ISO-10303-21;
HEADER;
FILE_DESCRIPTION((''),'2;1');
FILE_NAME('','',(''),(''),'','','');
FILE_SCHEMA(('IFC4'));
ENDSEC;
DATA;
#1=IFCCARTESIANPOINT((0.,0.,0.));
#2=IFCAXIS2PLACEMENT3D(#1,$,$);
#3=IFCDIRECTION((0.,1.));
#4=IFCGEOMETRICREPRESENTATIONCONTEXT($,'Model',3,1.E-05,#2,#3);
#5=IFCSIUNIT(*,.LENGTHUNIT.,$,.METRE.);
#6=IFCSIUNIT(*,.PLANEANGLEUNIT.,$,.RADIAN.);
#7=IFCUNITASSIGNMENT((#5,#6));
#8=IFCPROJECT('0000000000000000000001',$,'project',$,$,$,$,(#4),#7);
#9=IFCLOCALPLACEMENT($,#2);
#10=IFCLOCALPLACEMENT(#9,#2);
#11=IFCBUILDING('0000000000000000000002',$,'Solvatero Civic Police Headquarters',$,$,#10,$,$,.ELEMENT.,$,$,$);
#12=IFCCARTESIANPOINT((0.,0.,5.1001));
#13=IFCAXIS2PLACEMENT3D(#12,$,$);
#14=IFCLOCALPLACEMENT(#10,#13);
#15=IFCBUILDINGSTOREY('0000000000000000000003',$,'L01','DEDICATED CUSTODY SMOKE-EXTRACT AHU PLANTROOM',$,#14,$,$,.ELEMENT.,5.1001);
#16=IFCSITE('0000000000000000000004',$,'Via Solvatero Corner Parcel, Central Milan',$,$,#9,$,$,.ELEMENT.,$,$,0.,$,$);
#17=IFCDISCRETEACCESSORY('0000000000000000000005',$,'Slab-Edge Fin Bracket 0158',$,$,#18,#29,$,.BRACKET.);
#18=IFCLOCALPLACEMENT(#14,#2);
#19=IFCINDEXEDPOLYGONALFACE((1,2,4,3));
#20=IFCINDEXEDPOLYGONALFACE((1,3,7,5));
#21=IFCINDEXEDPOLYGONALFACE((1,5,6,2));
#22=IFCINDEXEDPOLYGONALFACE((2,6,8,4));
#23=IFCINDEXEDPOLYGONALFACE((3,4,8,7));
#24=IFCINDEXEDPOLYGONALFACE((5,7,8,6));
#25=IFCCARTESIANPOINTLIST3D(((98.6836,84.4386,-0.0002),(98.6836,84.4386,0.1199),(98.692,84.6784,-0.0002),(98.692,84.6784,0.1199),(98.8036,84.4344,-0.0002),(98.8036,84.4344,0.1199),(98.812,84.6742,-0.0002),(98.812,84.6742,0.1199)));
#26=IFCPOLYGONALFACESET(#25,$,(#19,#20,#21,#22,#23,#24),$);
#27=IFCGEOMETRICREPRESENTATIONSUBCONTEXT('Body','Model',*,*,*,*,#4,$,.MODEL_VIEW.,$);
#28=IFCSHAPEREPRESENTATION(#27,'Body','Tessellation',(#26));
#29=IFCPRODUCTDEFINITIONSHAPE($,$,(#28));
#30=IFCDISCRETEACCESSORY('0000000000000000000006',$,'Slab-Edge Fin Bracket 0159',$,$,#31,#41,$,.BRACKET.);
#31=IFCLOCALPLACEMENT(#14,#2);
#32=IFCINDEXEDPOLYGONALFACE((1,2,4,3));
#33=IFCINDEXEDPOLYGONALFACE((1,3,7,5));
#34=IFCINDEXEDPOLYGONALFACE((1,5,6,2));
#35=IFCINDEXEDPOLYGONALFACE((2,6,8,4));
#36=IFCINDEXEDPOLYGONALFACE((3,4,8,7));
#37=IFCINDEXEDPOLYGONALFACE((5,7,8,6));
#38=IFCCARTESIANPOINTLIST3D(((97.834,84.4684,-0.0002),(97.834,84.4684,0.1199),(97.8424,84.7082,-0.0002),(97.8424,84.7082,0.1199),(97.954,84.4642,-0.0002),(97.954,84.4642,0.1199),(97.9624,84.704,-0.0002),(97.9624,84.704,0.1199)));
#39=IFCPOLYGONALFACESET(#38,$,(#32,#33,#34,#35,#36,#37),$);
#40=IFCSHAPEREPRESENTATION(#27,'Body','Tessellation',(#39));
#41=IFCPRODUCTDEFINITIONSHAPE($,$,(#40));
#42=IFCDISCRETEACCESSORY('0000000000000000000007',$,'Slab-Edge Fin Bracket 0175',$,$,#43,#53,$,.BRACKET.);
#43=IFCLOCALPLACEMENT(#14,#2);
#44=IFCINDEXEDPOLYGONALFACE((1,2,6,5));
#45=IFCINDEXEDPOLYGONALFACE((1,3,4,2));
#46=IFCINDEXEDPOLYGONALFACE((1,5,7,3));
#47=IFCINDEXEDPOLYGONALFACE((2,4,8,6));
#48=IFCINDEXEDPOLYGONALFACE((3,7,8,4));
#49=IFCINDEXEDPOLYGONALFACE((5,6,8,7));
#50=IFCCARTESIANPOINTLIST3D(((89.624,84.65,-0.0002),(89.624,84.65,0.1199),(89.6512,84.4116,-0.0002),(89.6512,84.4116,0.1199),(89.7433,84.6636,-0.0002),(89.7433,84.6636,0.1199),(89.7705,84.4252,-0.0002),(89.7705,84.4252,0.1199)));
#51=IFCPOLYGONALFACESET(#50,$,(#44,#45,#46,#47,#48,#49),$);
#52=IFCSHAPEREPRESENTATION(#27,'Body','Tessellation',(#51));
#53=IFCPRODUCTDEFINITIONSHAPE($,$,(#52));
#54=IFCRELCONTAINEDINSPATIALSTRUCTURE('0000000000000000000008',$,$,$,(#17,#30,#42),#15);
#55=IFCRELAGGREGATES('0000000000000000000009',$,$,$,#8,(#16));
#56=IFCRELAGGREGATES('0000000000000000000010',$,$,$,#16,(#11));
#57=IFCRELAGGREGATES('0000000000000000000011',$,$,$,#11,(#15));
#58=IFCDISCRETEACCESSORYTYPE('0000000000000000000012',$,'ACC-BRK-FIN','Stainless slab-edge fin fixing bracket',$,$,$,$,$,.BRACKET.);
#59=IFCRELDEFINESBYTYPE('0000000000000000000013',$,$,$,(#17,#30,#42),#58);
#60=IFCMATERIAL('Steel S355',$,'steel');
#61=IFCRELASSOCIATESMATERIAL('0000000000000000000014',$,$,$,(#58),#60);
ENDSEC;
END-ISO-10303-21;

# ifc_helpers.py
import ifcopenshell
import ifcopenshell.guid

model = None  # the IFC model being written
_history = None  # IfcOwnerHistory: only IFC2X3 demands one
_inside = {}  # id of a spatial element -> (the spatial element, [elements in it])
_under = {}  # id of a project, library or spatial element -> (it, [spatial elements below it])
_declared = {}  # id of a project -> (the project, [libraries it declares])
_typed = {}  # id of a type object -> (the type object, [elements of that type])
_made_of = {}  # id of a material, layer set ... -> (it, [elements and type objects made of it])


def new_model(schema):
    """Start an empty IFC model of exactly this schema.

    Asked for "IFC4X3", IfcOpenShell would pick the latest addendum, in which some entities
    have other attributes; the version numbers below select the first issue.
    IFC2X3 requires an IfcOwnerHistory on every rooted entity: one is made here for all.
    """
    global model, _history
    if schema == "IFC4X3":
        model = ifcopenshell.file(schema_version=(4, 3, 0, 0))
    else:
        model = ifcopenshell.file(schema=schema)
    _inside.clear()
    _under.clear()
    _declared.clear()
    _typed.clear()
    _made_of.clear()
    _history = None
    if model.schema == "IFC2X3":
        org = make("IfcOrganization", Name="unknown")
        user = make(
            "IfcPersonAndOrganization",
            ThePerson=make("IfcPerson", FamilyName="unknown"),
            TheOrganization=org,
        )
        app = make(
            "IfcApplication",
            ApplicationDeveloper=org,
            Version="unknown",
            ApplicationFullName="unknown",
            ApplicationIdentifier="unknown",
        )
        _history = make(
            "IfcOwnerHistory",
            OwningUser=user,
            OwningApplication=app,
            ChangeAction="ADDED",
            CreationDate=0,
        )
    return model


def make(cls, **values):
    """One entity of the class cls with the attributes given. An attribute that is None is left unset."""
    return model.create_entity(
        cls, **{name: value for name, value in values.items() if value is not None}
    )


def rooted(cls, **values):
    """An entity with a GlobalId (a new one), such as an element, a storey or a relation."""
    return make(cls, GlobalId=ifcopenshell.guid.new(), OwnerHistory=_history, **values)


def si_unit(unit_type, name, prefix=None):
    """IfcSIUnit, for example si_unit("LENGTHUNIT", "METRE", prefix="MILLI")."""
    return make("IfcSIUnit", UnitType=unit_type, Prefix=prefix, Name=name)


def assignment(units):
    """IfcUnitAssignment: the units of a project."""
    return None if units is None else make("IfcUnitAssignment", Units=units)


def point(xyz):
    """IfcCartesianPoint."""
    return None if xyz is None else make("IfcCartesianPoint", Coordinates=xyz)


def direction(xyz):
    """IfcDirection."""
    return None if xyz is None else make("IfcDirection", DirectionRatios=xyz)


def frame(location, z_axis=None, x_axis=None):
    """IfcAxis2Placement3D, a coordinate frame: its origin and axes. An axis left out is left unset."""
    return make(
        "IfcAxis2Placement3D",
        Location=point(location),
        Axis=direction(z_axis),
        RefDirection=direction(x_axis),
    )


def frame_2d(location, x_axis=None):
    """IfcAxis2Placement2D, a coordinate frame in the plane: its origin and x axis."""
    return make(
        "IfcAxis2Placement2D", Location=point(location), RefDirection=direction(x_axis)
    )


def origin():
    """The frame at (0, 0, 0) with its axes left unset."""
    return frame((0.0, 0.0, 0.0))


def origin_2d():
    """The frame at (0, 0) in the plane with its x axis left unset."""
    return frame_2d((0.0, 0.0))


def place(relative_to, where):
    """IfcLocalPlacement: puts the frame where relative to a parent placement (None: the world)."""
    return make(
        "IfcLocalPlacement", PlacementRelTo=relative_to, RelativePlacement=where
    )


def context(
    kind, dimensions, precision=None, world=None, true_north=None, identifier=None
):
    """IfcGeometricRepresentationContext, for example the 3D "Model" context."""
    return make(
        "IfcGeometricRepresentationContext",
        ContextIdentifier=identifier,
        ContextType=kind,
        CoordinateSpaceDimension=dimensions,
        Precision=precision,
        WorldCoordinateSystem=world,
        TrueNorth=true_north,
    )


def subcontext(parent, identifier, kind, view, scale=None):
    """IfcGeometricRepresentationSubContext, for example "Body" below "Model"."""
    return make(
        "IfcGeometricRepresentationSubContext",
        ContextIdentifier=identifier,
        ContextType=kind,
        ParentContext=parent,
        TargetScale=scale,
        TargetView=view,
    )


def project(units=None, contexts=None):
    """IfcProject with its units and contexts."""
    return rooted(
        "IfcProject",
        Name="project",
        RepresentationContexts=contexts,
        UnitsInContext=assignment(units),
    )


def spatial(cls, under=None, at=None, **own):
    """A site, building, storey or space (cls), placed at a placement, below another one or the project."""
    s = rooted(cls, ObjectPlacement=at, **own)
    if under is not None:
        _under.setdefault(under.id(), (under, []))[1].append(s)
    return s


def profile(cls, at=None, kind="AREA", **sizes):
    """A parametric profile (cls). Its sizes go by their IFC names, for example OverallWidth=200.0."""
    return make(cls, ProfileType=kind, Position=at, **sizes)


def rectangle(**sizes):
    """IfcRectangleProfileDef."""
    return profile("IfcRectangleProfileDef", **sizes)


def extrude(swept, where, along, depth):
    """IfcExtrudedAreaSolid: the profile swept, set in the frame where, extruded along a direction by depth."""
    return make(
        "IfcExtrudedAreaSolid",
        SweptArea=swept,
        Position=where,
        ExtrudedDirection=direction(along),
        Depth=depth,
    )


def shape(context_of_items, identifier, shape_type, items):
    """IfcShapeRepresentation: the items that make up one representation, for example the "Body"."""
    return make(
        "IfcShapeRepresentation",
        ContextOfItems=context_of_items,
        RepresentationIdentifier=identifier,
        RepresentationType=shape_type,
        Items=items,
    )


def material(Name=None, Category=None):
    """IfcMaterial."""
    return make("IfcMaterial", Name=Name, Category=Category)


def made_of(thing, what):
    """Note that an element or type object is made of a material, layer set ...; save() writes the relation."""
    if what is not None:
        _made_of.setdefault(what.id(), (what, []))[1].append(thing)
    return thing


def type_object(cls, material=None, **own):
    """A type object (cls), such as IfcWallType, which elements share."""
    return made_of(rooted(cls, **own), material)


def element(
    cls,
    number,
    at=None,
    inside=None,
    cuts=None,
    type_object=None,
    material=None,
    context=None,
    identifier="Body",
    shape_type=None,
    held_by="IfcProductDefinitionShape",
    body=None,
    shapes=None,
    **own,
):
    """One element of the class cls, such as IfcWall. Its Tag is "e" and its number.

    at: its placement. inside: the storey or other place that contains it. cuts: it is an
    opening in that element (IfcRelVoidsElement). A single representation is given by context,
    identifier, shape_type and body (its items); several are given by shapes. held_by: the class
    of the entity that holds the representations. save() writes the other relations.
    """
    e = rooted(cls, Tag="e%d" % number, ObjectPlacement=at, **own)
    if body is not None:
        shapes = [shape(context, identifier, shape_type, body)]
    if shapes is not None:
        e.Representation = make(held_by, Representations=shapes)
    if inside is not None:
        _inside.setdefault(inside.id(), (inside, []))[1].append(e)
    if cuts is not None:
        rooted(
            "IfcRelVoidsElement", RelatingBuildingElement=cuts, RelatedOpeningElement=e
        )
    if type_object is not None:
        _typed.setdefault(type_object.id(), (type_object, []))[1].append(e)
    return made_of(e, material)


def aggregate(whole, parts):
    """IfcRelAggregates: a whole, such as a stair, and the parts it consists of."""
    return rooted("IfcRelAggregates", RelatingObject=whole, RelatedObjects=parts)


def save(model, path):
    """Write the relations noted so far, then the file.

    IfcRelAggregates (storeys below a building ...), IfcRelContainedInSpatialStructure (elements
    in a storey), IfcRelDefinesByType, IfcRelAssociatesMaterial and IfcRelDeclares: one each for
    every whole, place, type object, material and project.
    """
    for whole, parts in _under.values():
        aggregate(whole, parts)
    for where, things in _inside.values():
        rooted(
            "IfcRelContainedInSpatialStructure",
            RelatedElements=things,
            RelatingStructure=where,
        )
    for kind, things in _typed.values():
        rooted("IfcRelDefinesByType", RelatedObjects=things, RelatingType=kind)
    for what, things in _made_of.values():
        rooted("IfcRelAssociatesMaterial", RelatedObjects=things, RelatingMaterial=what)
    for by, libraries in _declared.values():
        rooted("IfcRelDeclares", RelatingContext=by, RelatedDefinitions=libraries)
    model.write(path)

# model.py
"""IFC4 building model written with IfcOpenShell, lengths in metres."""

from ifc_helpers import new_model, si_unit, direction, frame, origin, origin_2d, place, context, subcontext, project, spatial, rectangle, extrude, material, type_object, element, save


model = new_model("IFC4")

# Units and contexts
model_context = context("Model", 3, precision=1e-05, world=origin(), true_north=direction((0.0, 1.0)))
body_context = subcontext(model_context, "Body", "Model", "MODEL_VIEW")
ifc_project = project(units=[si_unit("LENGTHUNIT", "METRE"), si_unit("PLANEANGLEUNIT", "RADIAN")], contexts=[model_context])

# Site, building, storey
site_placement = place(None, origin())
site = spatial("IfcSite", under=ifc_project, at=site_placement, Name="Via Solvatero Corner Parcel, Central Milan", CompositionType="ELEMENT", RefElevation=0.0)
building_placement = place(site_placement, origin())
building = spatial("IfcBuilding", under=site, at=building_placement, Name="Solvatero Civic Police Headquarters", CompositionType="ELEMENT")
storey_placement = place(building_placement, frame((0.0, 0.0, 5.1001)))
storey = spatial("IfcBuildingStorey", under=building, at=storey_placement, Name="L01", Description="DEDICATED CUSTODY SMOKE-EXTRACT AHU PLANTROOM", CompositionType="ELEMENT", Elevation=5.1001)

# Shared definitions
ifc_material_1 = material(Name="Steel S355", Category="steel")

# Discrete accessories
discrete_accessory_type = type_object("IfcDiscreteAccessoryType", Name="ACC-BRK-FIN", Description="Stainless slab-edge fin fixing bracket", PredefinedType="BRACKET", material=ifc_material_1)
for number, where, z_axis, x_axis, name in (
    (1, (98.7478, 84.5564, -0.0002), (0.0, 0.0, 1.0), (-0.999391, 0.034899, 0.0), "Slab-Edge Fin Bracket 0158"),
    (2, (97.8982, 84.5862, -0.0002), (0.0, 0.0, 1.0), (-0.999391, 0.034899, 0.0), "Slab-Edge Fin Bracket 0159"),
    (3, (89.6973, 84.5376, -0.0002), (0.0, 0.0, 1.0), (-0.993564, -0.113273, 0.0), "Slab-Edge Fin Bracket 0175"),
):
    element("IfcDiscreteAccessory", number, at=place(storey_placement, frame(where, z_axis=z_axis, x_axis=x_axis)), inside=storey, type_object=discrete_accessory_type, Name=name, PredefinedType="BRACKET", context=body_context, shape_type="SweptSolid", body=[
        extrude(rectangle(XDim=0.1201, YDim=0.24, at=origin_2d()), origin(), (0.0, 0.0, 1.0), 0.1201),
    ])

save(model, "model.ifc")
